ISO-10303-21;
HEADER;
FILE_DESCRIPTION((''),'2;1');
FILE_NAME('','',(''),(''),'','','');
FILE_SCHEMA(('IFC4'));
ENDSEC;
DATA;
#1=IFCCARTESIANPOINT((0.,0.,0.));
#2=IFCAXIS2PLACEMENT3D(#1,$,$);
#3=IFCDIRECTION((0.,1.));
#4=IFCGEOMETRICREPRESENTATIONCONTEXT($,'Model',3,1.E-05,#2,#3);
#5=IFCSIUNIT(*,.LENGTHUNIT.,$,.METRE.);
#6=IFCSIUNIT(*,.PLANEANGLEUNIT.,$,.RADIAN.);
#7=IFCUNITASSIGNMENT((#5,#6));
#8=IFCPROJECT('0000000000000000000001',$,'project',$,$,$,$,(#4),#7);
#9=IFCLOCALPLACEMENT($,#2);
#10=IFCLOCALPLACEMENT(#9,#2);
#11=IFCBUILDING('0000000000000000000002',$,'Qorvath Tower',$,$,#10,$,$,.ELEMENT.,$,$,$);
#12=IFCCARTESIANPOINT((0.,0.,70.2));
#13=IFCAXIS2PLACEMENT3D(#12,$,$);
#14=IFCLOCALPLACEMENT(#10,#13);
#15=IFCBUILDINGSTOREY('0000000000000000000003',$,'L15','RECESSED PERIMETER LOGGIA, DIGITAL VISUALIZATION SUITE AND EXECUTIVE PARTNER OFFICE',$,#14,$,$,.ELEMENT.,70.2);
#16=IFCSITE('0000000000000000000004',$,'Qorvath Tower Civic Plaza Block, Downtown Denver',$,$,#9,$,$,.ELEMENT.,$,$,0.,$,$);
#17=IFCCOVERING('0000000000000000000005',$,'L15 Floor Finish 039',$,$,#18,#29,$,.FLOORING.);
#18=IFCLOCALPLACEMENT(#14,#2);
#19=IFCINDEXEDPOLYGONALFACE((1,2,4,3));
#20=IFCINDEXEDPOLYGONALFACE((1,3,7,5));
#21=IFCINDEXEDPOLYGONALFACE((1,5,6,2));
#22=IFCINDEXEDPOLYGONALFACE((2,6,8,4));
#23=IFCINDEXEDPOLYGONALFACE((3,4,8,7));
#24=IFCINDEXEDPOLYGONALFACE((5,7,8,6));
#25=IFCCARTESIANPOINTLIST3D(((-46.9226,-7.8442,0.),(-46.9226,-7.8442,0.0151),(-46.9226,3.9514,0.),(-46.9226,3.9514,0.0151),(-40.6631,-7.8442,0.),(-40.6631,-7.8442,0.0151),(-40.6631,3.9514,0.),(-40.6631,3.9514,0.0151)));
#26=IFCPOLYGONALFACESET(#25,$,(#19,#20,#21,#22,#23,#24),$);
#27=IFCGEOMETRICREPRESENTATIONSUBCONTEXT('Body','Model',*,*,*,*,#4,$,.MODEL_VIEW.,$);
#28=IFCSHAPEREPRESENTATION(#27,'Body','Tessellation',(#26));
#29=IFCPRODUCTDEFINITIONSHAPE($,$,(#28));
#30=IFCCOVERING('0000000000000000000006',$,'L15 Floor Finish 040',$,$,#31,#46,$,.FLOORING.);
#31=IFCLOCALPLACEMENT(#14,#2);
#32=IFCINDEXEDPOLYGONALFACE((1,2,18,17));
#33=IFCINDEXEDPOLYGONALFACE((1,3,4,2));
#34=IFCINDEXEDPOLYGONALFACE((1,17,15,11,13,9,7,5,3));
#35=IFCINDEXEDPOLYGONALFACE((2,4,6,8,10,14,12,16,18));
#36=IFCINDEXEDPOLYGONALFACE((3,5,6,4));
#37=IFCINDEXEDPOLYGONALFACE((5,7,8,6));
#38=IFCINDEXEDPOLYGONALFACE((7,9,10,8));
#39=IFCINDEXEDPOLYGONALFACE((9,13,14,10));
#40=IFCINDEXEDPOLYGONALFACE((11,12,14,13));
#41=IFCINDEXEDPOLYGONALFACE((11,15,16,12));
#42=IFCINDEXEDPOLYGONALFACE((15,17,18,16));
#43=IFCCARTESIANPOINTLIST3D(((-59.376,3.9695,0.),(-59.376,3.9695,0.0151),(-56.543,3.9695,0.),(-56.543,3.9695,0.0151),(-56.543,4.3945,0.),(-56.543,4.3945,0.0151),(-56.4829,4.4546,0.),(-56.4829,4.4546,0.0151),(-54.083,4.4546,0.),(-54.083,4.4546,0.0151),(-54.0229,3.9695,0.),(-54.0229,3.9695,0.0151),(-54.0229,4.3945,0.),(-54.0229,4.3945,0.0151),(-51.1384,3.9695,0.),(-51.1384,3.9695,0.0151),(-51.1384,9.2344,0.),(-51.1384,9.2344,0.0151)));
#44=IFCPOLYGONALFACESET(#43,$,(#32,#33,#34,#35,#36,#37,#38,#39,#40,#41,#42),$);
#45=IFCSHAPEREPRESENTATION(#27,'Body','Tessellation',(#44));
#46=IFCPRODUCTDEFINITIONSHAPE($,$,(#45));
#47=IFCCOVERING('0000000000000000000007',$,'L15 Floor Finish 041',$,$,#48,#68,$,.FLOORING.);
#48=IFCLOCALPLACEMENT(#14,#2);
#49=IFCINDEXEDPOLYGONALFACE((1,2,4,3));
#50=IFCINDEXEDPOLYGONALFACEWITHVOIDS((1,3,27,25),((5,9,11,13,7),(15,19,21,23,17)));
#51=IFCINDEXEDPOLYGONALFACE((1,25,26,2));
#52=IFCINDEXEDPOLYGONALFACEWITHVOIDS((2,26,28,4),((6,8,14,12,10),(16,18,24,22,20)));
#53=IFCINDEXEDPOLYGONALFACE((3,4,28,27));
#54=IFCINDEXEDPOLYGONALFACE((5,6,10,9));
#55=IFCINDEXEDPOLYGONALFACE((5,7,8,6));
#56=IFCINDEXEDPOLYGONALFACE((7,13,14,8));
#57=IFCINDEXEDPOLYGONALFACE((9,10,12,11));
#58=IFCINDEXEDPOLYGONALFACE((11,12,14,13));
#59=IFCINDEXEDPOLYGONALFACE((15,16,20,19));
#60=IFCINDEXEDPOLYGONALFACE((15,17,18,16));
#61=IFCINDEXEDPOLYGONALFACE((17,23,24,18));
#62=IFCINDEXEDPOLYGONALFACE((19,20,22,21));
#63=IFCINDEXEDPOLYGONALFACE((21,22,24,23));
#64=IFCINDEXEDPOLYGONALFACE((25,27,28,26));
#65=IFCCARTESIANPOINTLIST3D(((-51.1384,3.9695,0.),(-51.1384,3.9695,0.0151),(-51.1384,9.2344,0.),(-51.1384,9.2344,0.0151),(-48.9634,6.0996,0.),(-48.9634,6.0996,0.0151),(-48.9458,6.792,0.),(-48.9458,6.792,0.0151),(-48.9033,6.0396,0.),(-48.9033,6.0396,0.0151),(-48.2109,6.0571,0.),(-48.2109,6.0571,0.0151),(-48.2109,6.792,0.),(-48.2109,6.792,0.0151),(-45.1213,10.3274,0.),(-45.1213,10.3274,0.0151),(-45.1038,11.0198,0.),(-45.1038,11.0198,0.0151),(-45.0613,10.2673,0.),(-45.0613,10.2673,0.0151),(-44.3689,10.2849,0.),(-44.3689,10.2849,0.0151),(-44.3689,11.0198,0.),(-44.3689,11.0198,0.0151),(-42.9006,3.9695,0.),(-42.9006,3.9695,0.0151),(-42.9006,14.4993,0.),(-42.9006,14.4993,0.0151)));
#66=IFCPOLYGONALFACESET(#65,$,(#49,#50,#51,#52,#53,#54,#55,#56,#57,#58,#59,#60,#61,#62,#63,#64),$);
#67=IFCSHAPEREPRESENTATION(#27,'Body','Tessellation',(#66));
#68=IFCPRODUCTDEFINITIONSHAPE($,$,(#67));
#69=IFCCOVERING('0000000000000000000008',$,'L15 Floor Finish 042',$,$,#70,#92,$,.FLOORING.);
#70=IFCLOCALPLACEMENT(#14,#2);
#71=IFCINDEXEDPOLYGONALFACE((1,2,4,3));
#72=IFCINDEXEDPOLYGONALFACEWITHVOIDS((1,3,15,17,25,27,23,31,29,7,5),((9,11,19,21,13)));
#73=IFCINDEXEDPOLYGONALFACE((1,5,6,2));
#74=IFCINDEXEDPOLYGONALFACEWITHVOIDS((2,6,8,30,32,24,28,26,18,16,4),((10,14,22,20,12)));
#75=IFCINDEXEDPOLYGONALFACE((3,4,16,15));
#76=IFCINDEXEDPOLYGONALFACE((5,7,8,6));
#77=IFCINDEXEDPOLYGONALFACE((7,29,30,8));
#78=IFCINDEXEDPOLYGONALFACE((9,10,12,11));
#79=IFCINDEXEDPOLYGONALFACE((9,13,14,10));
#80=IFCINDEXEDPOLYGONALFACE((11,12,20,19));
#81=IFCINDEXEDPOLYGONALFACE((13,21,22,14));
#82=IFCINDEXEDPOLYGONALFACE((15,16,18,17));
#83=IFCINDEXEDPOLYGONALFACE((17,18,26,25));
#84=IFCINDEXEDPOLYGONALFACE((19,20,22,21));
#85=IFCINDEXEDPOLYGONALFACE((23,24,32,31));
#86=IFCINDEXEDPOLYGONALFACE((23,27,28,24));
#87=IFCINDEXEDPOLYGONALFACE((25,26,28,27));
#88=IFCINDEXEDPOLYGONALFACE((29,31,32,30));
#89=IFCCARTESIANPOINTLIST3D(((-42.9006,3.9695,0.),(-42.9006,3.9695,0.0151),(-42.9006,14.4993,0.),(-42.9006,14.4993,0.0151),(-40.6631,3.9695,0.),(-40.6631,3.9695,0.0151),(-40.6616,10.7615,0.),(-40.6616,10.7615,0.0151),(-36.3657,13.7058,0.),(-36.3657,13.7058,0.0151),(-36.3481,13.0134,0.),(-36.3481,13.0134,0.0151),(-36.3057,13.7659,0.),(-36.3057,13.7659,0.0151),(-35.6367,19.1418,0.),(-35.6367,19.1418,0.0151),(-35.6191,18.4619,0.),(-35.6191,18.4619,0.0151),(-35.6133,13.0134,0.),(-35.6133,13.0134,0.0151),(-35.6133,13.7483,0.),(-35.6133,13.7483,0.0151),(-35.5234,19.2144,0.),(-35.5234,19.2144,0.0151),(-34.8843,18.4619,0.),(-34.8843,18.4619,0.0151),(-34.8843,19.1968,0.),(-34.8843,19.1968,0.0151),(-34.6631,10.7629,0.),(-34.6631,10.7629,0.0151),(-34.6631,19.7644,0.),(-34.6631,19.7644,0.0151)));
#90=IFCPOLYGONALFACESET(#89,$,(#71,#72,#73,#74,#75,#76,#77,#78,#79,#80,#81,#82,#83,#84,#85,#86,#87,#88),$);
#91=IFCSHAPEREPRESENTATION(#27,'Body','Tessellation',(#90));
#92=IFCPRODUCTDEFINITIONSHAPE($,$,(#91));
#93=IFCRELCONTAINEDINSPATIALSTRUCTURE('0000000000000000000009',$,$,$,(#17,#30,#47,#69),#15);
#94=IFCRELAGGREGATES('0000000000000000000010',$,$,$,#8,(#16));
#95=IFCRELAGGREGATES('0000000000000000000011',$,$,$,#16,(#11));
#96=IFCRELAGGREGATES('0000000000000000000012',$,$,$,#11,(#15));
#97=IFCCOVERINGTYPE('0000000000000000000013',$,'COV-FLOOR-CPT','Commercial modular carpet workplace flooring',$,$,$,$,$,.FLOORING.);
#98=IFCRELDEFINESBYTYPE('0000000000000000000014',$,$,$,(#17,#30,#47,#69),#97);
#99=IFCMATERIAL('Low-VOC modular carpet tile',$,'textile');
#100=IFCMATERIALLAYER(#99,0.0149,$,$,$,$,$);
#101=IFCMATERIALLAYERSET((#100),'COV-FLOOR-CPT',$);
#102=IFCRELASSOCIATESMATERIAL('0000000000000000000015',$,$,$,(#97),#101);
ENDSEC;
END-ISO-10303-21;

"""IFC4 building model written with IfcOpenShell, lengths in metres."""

from ifc_helpers import new_model, si_unit, direction, frame, origin, place, context, subcontext, project, spatial, polyline, outline, extrude, material, layer, layer_set, type_object, element, save


model = new_model("IFC4")

# Units and contexts
model_context = context("Model", 3, precision=1e-05, world=origin(), true_north=direction((0.0, 1.0)))
body_context = subcontext(model_context, "Body", "Model", "MODEL_VIEW")
ifc_project = project(units=[si_unit("LENGTHUNIT", "METRE"), si_unit("PLANEANGLEUNIT", "RADIAN")], contexts=[model_context])

# Site, building, storey
site_placement = place(None, origin())
site = spatial("IfcSite", under=ifc_project, at=site_placement, Name="Qorvath Tower Civic Plaza Block, Downtown Denver", CompositionType="ELEMENT", RefElevation=0.0)
building_placement = place(site_placement, origin())
building = spatial("IfcBuilding", under=site, at=building_placement, Name="Qorvath Tower", CompositionType="ELEMENT")
storey_placement = place(building_placement, frame((0.0, 0.0, 70.2)))
storey = spatial("IfcBuildingStorey", under=building, at=storey_placement, Name="L15", Description="RECESSED PERIMETER LOGGIA, DIGITAL VISUALIZATION SUITE AND EXECUTIVE PARTNER OFFICE", CompositionType="ELEMENT", Elevation=70.2)

# Coverings
ifc_material_1 = material(Name="Low-VOC modular carpet tile", Category="textile")
ifc_layer_1 = layer(ifc_material_1, 0.0149)
ifc_layer_set_1 = layer_set([ifc_layer_1], Name="COV-FLOOR-CPT")
covering_type_1 = type_object("IfcCoveringType", Name="COV-FLOOR-CPT", Description="Commercial modular carpet workplace flooring", PredefinedType="FLOORING", material=ifc_layer_set_1)
covering_1_placement = place(storey_placement, origin())
element("IfcCovering", 1, at=covering_1_placement, inside=storey, type_object=covering_type_1, Name="L15 Floor Finish 039", PredefinedType="FLOORING", context=body_context, shape_type="SweptSolid", body=[
    extrude(outline(polyline([(-46.9226, 3.9514), (-46.9226, -7.8442), (-40.6631, -7.8442), (-40.6631, 3.9514), (-46.9226, 3.9514)])), origin(), (0.0, 0.0, 1.0), 0.0151),
])
covering_2_placement = place(storey_placement, origin())
element("IfcCovering", 2, at=covering_2_placement, inside=storey, type_object=covering_type_1, Name="L15 Floor Finish 040", PredefinedType="FLOORING", context=body_context, shape_type="SweptSolid", body=[
    extrude(outline(polyline([(-51.1384, 3.9695), (-51.1384, 9.2344), (-59.376, 3.9695), (-56.543, 3.9695), (-56.543, 4.3945), (-56.4829, 4.4546), (-54.083, 4.4546), (-54.0229, 4.3945), (-54.0229, 3.9695), (-51.1384, 3.9695)])), origin(), (0.0, 0.0, 1.0), 0.0151),
])
covering_3_placement = place(storey_placement, origin())
element("IfcCovering", 3, at=covering_3_placement, inside=storey, type_object=covering_type_1, Name="L15 Floor Finish 041", PredefinedType="FLOORING", context=body_context, shape_type="SweptSolid", body=[
    extrude(outline(polyline([(-42.9006, 3.9695), (-42.9006, 14.4993), (-51.1384, 9.2344), (-51.1384, 3.9695), (-42.9006, 3.9695)]), holes=[polyline([(-45.1213, 10.3274), (-45.1038, 11.0198), (-44.3689, 11.0198), (-44.3689, 10.2849), (-45.0613, 10.2673), (-45.1213, 10.3274)]), polyline([(-48.9634, 6.0996), (-48.9458, 6.792), (-48.2109, 6.792), (-48.2109, 6.0571), (-48.9033, 6.0396), (-48.9634, 6.0996)])]), origin(), (0.0, 0.0, 1.0), 0.0151),
])
covering_4_placement = place(storey_placement, origin())
element("IfcCovering", 4, at=covering_4_placement, inside=storey, type_object=covering_type_1, Name="L15 Floor Finish 042", PredefinedType="FLOORING", context=body_context, shape_type="SweptSolid", body=[
    extrude(outline(polyline([(-34.6631, 10.7629), (-34.6631, 19.7644), (-35.5234, 19.2144), (-34.8843, 19.1968), (-34.8843, 18.4619), (-35.6191, 18.4619), (-35.6367, 19.1418), (-42.9006, 14.4993), (-42.9006, 3.9695), (-40.6631, 3.9695), (-40.6616, 10.7615), (-34.6631, 10.7629)]), holes=[polyline([(-36.3657, 13.7058), (-36.3057, 13.7659), (-35.6133, 13.7483), (-35.6133, 13.0134), (-36.3481, 13.0134), (-36.3657, 13.7058)])]), origin(), (0.0, 0.0, 1.0), 0.0151),
])

save(model, "model.ifc")
